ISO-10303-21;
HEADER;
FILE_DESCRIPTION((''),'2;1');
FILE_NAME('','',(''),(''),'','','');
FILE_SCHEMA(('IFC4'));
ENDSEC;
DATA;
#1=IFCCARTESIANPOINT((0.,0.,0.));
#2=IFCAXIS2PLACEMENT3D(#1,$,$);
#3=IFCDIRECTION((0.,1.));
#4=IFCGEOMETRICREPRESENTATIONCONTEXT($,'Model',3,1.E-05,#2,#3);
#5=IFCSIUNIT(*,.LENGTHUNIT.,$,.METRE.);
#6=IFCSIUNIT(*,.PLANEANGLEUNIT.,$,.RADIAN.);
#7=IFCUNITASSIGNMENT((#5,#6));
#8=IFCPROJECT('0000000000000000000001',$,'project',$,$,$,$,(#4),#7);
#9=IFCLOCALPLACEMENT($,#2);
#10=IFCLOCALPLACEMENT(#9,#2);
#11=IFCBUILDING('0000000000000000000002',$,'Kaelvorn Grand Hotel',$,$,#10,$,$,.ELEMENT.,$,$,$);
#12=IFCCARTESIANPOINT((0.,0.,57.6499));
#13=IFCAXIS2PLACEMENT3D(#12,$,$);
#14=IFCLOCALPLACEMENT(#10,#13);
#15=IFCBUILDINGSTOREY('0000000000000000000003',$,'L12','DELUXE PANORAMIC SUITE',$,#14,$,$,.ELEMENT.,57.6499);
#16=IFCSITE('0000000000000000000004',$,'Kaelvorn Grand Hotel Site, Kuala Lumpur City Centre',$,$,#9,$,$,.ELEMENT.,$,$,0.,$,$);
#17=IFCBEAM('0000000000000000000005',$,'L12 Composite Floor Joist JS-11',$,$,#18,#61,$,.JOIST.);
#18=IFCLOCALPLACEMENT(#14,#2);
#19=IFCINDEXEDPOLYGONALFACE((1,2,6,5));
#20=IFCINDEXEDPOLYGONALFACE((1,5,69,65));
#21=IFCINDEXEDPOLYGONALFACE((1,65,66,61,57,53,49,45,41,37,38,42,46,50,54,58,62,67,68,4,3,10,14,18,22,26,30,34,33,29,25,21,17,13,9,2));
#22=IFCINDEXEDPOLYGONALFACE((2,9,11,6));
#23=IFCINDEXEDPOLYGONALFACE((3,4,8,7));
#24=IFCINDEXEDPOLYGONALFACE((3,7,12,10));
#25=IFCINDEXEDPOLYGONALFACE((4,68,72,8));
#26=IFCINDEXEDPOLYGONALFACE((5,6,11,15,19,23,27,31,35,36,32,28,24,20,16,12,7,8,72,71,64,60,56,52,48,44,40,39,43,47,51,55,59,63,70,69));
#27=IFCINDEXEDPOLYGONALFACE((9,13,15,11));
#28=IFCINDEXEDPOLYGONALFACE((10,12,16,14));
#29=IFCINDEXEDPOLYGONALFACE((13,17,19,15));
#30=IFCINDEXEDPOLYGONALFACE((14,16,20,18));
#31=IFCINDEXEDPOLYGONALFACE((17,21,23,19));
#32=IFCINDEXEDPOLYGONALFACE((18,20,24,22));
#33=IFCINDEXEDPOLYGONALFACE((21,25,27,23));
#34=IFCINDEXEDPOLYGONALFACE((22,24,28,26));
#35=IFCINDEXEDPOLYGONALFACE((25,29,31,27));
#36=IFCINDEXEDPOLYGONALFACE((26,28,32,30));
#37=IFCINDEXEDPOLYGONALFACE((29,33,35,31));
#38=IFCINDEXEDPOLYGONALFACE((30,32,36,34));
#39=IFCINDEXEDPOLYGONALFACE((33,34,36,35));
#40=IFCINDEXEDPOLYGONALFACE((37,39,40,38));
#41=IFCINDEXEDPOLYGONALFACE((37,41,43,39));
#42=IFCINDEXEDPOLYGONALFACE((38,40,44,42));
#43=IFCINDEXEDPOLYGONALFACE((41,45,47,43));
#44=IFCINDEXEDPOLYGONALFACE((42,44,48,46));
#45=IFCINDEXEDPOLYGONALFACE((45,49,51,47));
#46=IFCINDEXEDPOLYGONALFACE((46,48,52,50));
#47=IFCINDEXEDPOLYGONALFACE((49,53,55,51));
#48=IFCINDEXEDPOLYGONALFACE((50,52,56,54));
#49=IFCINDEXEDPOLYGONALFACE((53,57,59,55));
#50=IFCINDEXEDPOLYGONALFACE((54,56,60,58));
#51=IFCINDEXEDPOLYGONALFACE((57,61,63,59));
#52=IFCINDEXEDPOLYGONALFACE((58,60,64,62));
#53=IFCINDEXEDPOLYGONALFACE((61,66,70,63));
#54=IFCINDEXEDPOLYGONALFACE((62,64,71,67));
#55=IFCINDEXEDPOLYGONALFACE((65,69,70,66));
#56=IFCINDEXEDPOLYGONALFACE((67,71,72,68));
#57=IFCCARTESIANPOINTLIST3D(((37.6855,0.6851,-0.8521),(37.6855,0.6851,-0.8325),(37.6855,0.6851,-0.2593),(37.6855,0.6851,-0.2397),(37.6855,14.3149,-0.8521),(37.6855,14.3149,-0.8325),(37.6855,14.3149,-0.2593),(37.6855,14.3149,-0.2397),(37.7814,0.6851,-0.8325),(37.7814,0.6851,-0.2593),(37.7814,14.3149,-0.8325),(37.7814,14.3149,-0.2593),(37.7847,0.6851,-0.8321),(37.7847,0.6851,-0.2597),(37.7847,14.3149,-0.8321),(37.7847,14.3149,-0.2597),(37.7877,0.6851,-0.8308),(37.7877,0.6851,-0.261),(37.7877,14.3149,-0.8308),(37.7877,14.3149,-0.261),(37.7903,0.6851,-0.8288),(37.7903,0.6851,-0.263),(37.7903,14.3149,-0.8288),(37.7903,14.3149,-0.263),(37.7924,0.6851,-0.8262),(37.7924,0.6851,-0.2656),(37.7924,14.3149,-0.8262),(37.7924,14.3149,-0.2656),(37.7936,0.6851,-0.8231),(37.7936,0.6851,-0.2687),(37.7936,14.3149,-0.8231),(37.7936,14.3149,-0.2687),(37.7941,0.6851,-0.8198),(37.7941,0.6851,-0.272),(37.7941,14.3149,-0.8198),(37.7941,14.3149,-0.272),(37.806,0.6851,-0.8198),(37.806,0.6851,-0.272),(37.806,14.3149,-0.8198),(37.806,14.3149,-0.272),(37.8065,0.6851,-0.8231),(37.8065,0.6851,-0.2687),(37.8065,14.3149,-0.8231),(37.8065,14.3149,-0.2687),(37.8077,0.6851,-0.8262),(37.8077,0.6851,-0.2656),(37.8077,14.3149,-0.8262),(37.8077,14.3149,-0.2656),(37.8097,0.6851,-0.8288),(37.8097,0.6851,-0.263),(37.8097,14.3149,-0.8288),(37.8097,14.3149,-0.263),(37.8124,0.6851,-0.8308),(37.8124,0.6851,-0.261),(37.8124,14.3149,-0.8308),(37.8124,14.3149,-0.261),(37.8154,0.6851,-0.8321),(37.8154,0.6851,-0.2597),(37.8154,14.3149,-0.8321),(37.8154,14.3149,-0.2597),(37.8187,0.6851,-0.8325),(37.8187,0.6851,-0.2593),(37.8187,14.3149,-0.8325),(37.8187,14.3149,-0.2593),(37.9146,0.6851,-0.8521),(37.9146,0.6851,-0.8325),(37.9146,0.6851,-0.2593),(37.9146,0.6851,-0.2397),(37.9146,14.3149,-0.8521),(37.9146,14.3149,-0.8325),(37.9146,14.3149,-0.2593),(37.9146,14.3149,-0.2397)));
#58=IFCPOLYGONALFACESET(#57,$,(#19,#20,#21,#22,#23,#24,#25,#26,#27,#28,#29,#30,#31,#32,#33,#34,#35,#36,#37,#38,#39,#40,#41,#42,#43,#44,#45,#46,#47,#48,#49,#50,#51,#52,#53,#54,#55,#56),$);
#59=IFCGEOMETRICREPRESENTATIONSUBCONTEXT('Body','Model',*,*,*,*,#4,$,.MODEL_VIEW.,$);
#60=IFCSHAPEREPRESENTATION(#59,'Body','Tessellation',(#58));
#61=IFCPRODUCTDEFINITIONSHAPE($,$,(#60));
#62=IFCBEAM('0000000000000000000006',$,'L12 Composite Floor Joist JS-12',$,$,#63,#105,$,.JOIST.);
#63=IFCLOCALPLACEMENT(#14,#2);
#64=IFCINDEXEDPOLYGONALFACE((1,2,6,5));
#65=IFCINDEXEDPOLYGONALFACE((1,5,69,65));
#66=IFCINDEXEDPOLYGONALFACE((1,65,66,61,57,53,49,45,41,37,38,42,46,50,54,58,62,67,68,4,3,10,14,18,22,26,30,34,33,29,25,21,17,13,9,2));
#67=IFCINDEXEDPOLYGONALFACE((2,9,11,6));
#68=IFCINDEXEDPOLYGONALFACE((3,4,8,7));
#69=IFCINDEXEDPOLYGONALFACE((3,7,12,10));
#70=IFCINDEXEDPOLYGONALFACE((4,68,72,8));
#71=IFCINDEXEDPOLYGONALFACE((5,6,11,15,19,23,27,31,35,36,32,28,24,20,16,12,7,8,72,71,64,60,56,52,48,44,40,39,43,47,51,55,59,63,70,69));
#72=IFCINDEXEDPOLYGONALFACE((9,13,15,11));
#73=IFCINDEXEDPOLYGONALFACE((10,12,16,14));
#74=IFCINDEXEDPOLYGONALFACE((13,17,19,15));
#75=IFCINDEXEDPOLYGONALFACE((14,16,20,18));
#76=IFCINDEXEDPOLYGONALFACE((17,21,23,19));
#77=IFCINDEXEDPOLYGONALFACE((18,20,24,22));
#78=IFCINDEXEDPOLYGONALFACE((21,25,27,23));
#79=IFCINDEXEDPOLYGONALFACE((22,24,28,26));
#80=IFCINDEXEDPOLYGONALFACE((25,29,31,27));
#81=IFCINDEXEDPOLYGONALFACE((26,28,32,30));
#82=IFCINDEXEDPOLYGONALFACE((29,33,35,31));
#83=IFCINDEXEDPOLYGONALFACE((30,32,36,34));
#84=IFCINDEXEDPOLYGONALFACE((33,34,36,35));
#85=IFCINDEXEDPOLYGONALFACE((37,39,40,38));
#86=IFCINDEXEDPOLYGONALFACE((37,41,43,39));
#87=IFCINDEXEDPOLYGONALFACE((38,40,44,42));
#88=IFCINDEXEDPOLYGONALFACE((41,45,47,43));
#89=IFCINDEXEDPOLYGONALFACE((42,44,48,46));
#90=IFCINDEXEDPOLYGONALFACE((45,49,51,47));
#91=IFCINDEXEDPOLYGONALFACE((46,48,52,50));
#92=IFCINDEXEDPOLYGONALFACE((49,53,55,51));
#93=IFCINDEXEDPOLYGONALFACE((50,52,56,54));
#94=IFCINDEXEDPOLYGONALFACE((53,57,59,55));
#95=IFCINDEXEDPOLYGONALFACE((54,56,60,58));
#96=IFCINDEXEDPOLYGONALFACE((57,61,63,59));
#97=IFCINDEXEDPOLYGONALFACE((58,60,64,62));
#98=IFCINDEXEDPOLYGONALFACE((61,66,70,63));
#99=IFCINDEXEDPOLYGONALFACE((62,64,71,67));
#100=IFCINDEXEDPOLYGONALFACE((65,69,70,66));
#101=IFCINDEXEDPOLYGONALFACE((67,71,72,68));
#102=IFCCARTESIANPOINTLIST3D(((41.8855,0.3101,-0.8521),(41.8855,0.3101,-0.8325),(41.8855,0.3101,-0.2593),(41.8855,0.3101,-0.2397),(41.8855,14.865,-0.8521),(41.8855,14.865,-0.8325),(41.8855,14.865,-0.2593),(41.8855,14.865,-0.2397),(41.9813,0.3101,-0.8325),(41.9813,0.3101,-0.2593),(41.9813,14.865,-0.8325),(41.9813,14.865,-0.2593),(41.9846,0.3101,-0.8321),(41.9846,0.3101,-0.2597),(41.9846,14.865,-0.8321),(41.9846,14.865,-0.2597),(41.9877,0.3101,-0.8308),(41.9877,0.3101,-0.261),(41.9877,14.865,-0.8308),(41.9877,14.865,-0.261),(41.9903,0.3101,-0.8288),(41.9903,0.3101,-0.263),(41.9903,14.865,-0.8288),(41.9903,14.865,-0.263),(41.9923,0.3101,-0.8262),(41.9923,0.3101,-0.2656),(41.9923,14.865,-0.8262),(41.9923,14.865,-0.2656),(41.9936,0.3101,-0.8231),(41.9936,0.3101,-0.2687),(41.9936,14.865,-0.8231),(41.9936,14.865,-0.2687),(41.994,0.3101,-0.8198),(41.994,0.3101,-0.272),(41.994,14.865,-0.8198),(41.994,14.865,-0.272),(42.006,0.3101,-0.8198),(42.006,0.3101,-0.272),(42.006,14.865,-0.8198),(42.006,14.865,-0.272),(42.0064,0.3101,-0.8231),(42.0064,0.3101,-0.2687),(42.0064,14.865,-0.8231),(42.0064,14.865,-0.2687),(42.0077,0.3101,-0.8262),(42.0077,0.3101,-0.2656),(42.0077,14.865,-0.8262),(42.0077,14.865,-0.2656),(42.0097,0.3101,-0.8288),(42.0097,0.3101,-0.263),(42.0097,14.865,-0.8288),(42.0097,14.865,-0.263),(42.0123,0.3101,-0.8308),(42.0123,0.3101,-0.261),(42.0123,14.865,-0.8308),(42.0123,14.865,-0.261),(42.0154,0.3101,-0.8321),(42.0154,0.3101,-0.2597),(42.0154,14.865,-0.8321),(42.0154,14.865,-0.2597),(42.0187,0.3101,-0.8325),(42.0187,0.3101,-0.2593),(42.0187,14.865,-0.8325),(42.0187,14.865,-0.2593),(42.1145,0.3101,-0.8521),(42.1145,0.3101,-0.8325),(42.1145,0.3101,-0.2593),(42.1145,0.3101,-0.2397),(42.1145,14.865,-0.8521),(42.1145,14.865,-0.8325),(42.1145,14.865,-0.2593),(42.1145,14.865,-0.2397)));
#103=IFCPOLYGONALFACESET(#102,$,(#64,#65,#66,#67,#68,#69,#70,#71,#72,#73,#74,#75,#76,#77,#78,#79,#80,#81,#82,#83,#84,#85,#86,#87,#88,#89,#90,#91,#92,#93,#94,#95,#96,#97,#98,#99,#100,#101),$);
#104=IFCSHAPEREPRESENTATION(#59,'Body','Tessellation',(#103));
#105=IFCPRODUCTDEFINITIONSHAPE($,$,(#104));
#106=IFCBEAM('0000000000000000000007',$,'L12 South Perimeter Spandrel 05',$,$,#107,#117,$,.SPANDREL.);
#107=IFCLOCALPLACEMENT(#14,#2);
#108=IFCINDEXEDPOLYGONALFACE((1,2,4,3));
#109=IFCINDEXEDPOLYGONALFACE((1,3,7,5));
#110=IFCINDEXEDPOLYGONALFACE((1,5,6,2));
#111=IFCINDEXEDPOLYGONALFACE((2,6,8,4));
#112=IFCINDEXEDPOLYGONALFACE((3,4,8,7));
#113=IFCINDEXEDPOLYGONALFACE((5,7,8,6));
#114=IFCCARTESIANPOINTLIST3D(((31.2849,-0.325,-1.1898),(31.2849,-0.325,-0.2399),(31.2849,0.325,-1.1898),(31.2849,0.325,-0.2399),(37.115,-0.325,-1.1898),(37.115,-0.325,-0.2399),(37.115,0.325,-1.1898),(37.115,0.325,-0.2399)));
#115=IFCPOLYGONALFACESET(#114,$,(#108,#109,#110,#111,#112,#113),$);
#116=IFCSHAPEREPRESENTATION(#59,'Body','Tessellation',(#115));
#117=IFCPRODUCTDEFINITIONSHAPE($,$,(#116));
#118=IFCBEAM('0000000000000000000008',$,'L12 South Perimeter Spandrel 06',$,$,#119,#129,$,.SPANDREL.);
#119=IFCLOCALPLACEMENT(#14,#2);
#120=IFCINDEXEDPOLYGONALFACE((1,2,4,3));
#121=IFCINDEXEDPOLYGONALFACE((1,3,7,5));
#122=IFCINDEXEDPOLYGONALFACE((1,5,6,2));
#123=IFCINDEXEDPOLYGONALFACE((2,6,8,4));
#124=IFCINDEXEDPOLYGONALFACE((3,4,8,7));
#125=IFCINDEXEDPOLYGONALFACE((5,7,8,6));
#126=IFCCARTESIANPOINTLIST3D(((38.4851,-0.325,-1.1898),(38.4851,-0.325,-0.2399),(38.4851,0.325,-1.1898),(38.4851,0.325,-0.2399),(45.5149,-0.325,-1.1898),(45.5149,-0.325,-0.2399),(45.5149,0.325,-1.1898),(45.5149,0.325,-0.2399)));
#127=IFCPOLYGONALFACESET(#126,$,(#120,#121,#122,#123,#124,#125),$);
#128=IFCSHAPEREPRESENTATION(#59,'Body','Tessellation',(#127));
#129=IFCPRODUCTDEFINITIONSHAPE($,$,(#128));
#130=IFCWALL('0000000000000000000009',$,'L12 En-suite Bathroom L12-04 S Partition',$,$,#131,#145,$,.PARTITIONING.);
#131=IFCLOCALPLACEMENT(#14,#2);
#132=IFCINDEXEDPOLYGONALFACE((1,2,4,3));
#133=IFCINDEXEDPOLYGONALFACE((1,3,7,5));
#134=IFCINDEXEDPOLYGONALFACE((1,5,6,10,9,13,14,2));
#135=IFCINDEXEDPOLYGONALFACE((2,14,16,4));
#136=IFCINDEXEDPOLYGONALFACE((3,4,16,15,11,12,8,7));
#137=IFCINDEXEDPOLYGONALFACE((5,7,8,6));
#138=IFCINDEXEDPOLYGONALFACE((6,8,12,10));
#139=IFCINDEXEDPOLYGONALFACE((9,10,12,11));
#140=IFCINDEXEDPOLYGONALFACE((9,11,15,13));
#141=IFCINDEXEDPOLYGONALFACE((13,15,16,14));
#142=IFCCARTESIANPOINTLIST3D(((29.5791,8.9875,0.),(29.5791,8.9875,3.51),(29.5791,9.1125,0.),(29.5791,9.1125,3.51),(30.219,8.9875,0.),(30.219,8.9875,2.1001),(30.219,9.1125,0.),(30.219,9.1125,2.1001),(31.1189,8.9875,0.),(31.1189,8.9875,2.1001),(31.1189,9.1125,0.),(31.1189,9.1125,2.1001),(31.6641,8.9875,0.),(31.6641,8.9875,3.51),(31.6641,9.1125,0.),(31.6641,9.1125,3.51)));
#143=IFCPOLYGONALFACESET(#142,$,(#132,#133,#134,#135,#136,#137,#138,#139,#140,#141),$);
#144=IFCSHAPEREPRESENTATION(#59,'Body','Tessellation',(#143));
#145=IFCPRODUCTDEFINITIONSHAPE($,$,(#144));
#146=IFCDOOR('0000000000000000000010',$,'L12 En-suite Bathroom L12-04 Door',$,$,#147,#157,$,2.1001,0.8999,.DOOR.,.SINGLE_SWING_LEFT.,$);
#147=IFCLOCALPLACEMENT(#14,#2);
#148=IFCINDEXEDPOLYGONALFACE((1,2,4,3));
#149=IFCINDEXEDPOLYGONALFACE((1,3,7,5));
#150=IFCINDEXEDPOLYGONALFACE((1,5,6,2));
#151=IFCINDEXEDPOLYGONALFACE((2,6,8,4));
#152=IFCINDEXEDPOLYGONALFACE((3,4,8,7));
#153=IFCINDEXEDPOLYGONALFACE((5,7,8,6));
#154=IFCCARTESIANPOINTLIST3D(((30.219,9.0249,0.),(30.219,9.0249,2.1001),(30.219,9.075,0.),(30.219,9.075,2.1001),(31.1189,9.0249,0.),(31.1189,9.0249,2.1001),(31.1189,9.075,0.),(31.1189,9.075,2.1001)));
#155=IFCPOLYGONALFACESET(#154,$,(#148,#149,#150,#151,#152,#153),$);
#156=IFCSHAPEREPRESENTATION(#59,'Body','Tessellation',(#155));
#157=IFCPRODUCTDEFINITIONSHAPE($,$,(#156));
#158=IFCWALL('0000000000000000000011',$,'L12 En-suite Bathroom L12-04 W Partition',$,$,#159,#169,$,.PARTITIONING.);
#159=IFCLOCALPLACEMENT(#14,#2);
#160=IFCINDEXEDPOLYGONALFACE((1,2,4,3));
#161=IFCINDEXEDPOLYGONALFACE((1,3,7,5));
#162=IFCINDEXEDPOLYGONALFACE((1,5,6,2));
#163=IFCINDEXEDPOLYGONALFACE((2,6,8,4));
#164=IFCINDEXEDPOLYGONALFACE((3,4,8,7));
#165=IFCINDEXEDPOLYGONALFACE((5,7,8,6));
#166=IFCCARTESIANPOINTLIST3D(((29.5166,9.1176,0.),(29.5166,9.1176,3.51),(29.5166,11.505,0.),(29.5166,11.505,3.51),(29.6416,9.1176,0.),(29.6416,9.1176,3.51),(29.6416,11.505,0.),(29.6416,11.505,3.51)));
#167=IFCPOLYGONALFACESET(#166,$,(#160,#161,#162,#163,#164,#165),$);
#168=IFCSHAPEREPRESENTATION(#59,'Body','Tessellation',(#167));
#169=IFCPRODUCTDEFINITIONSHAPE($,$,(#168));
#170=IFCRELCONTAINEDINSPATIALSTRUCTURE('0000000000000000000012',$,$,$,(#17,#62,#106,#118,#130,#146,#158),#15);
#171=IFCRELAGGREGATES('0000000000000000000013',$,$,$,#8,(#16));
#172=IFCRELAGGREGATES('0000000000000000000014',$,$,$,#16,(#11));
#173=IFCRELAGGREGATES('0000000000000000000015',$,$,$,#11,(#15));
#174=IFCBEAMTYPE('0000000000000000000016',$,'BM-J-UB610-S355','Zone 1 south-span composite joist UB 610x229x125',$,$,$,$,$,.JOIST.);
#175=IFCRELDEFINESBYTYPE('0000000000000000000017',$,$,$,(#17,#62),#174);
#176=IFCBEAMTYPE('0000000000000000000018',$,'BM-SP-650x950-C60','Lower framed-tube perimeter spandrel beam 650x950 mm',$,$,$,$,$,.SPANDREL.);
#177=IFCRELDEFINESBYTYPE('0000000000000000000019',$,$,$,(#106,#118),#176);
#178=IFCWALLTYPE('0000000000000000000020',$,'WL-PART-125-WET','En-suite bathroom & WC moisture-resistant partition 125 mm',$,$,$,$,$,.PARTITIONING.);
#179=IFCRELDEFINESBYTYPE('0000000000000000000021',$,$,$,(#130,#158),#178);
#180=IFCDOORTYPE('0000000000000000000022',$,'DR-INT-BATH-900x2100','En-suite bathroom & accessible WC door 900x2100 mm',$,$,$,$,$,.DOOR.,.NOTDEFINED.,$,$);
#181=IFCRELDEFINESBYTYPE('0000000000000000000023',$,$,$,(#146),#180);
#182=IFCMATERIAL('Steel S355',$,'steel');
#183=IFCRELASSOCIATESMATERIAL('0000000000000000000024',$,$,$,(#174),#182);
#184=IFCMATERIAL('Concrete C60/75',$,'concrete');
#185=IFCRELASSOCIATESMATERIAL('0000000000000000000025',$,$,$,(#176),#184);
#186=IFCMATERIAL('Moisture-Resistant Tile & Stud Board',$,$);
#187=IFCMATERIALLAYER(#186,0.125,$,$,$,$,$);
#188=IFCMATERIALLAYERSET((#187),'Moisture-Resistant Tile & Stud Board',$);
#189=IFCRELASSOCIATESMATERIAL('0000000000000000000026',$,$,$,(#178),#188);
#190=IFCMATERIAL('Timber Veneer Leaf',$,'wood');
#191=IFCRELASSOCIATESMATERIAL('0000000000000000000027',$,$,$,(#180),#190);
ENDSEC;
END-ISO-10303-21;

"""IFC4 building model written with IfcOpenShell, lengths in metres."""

from ifc_helpers import new_model, si_unit, direction, frame, frame_2d, origin, origin_2d, place, context, subcontext, project, spatial, rectangle, i_section, extrude, material, layer, layer_set, material_profile, profile_set, type_object, element, fill, save


model = new_model("IFC4")

# Units and contexts
model_context = context("Model", 3, precision=1e-05, world=origin(), true_north=direction((0.0, 1.0)))
body_context = subcontext(model_context, "Body", "Model", "MODEL_VIEW")
ifc_project = project(units=[si_unit("LENGTHUNIT", "METRE"), si_unit("PLANEANGLEUNIT", "RADIAN")], contexts=[model_context])

# Site, building, storey
site_placement = place(None, origin())
site = spatial("IfcSite", under=ifc_project, at=site_placement, Name="Kaelvorn Grand Hotel Site, Kuala Lumpur City Centre", CompositionType="ELEMENT", RefElevation=0.0)
building_placement = place(site_placement, origin())
building = spatial("IfcBuilding", under=site, at=building_placement, Name="Kaelvorn Grand Hotel", CompositionType="ELEMENT")
storey_placement = place(building_placement, frame((0.0, 0.0, 57.6499)))
storey = spatial("IfcBuildingStorey", under=building, at=storey_placement, Name="L12", Description="DELUXE PANORAMIC SUITE", CompositionType="ELEMENT", Elevation=57.6499)

# Beams
ifc_material_1 = material(Name="Steel S355", Category="steel")
ifc_material_profile_1 = material_profile(ifc_material_1, i_section(OverallWidth=0.229, OverallDepth=0.6123, WebThickness=0.012, FlangeThickness=0.0195, FilletRadius=0.0127, at=origin_2d()), Name="UB 610x229x125")
ifc_profile_set_1 = profile_set([ifc_material_profile_1], Name="Steel S355")
beam_type_1 = type_object("IfcBeamType", Name="BM-J-UB610-S355", Description="Zone 1 south-span composite joist UB 610x229x125", PredefinedType="JOIST", material=ifc_profile_set_1)
beam_1_placement = place(storey_placement, frame((37.8, 0.6851, -0.5459), z_axis=(0.0, 1.0, 0.0), x_axis=(-1.0, 0.0, 0.0)))
element("IfcBeam", 1, at=beam_1_placement, inside=storey, type_object=beam_type_1, Name="L12 Composite Floor Joist JS-11", PredefinedType="JOIST", context=body_context, shape_type="SweptSolid", body=[
    extrude(i_section(OverallWidth=0.229, OverallDepth=0.6123, WebThickness=0.012, FlangeThickness=0.0195, FilletRadius=0.0127, at=origin_2d()), origin(), (0.0, 0.0, 1.0), 13.6299),
])
beam_2_placement = place(storey_placement, frame((42.0, 0.3101, -0.5459), z_axis=(0.0, 1.0, 0.0), x_axis=(-1.0, 0.0, 0.0)))
element("IfcBeam", 2, at=beam_2_placement, inside=storey, type_object=beam_type_1, Name="L12 Composite Floor Joist JS-12", PredefinedType="JOIST", context=body_context, shape_type="SweptSolid", body=[
    extrude(i_section(OverallWidth=0.229, OverallDepth=0.6123, WebThickness=0.012, FlangeThickness=0.0195, FilletRadius=0.0127, at=origin_2d()), origin(), (0.0, 0.0, 1.0), 14.5549),
])
ifc_material_2 = material(Name="Concrete C60/75", Category="concrete")
ifc_material_profile_2 = material_profile(ifc_material_2, rectangle(XDim=0.6499, YDim=0.95, at=origin_2d()), Name="RC SPANDREL 650x950")
ifc_profile_set_2 = profile_set([ifc_material_profile_2], Name="Concrete C60/75")
beam_type_2 = type_object("IfcBeamType", Name="BM-SP-650x950-C60", Description="Lower framed-tube perimeter spandrel beam 650x950 mm", PredefinedType="SPANDREL", material=ifc_profile_set_2)
beam_3_placement = place(storey_placement, frame((31.2849, 0.0, -0.7148), z_axis=(1.0, 0.0, 0.0), x_axis=(0.0, 1.0, 0.0)))
element("IfcBeam", 3, at=beam_3_placement, inside=storey, type_object=beam_type_2, Name="L12 South Perimeter Spandrel 05", PredefinedType="SPANDREL", context=body_context, shape_type="SweptSolid", body=[
    extrude(rectangle(XDim=0.6499, YDim=0.95, at=origin_2d()), origin(), (0.0, 0.0, 1.0), 5.8301),
])
beam_4_placement = place(storey_placement, frame((38.4851, 0.0, -0.7148), z_axis=(1.0, 0.0, 0.0), x_axis=(0.0, 1.0, 0.0)))
element("IfcBeam", 4, at=beam_4_placement, inside=storey, type_object=beam_type_2, Name="L12 South Perimeter Spandrel 06", PredefinedType="SPANDREL", context=body_context, shape_type="SweptSolid", body=[
    extrude(rectangle(XDim=0.6499, YDim=0.95, at=origin_2d()), origin(), (0.0, 0.0, 1.0), 7.0298),
])

# Wall, opening, door
ifc_material_3 = material(Name="Moisture-Resistant Tile & Stud Board")
ifc_layer_1 = layer(ifc_material_3, 0.125)
ifc_layer_set_1 = layer_set([ifc_layer_1], Name="Moisture-Resistant Tile & Stud Board")
wall_type_1 = type_object("IfcWallType", Name="WL-PART-125-WET", Description="En-suite bathroom & WC moisture-resistant partition 125 mm", PredefinedType="PARTITIONING", material=ifc_layer_set_1)
wall_1_placement = place(storey_placement, frame((29.5791, 9.05, 0.0), z_axis=(0.0, 0.0, 1.0), x_axis=(1.0, 0.0, 0.0)))
wall_1 = element("IfcWall", 5, at=wall_1_placement, inside=storey, type_object=wall_type_1, Name="L12 En-suite Bathroom L12-04 S Partition", PredefinedType="PARTITIONING", context=body_context, shape_type="SweptSolid", body=[
    extrude(rectangle(XDim=2.085, YDim=0.125, at=frame_2d((1.0425, 0.0))), origin(), (0.0, 0.0, 1.0), 3.51),
])
opening_1_placement = place(wall_1_placement, frame((0.6399, 0.0, 0.0)))
opening_1 = element("IfcOpeningElement", 6, at=opening_1_placement, cuts=wall_1, PredefinedType="OPENING", context=body_context, shape_type="SweptSolid", body=[
    extrude(rectangle(XDim=0.8999, YDim=2.1001, at=frame_2d((0.45, 1.05))), frame((0.0, 0.0725, 0.0), z_axis=(0.0, -1.0, 0.0), x_axis=(1.0, 0.0, 0.0)), (0.0, 0.0, 1.0), 0.145),
])
ifc_material_4 = material(Name="Timber Veneer Leaf", Category="wood")
door_type_1 = type_object("IfcDoorType", Name="DR-INT-BATH-900x2100", Description="En-suite bathroom & accessible WC door 900x2100 mm", OperationType="NOTDEFINED", PredefinedType="DOOR", material=ifc_material_4)
door_1_placement = place(opening_1_placement, origin())
door_1 = element("IfcDoor", 7, at=door_1_placement, inside=storey, type_object=door_type_1, Name="L12 En-suite Bathroom L12-04 Door", OperationType="SINGLE_SWING_LEFT", OverallHeight=2.1001, OverallWidth=0.8999, PredefinedType="DOOR", context=body_context, shape_type="SweptSolid", body=[
    extrude(rectangle(XDim=0.8999, YDim=2.1001, at=frame_2d((0.45, 1.05))), frame((0.0, 0.0249, 0.0), z_axis=(0.0, -1.0, 0.0), x_axis=(1.0, 0.0, 0.0)), (0.0, 0.0, 1.0), 0.05),
])
fill(opening_1, door_1)

# Wall
wall_2_placement = place(storey_placement, frame((29.5791, 9.1174, 0.0), z_axis=(0.0, 0.0, 1.0), x_axis=(0.0, 1.0, 0.0)))
element("IfcWall", 8, at=wall_2_placement, inside=storey, type_object=wall_type_1, Name="L12 En-suite Bathroom L12-04 W Partition", PredefinedType="PARTITIONING", context=body_context, shape_type="SweptSolid", body=[
    extrude(rectangle(XDim=2.3875, YDim=0.125, at=frame_2d((1.1938, 0.0))), origin(), (0.0, 0.0, 1.0), 3.51),
])

save(model, "model.ifc")
